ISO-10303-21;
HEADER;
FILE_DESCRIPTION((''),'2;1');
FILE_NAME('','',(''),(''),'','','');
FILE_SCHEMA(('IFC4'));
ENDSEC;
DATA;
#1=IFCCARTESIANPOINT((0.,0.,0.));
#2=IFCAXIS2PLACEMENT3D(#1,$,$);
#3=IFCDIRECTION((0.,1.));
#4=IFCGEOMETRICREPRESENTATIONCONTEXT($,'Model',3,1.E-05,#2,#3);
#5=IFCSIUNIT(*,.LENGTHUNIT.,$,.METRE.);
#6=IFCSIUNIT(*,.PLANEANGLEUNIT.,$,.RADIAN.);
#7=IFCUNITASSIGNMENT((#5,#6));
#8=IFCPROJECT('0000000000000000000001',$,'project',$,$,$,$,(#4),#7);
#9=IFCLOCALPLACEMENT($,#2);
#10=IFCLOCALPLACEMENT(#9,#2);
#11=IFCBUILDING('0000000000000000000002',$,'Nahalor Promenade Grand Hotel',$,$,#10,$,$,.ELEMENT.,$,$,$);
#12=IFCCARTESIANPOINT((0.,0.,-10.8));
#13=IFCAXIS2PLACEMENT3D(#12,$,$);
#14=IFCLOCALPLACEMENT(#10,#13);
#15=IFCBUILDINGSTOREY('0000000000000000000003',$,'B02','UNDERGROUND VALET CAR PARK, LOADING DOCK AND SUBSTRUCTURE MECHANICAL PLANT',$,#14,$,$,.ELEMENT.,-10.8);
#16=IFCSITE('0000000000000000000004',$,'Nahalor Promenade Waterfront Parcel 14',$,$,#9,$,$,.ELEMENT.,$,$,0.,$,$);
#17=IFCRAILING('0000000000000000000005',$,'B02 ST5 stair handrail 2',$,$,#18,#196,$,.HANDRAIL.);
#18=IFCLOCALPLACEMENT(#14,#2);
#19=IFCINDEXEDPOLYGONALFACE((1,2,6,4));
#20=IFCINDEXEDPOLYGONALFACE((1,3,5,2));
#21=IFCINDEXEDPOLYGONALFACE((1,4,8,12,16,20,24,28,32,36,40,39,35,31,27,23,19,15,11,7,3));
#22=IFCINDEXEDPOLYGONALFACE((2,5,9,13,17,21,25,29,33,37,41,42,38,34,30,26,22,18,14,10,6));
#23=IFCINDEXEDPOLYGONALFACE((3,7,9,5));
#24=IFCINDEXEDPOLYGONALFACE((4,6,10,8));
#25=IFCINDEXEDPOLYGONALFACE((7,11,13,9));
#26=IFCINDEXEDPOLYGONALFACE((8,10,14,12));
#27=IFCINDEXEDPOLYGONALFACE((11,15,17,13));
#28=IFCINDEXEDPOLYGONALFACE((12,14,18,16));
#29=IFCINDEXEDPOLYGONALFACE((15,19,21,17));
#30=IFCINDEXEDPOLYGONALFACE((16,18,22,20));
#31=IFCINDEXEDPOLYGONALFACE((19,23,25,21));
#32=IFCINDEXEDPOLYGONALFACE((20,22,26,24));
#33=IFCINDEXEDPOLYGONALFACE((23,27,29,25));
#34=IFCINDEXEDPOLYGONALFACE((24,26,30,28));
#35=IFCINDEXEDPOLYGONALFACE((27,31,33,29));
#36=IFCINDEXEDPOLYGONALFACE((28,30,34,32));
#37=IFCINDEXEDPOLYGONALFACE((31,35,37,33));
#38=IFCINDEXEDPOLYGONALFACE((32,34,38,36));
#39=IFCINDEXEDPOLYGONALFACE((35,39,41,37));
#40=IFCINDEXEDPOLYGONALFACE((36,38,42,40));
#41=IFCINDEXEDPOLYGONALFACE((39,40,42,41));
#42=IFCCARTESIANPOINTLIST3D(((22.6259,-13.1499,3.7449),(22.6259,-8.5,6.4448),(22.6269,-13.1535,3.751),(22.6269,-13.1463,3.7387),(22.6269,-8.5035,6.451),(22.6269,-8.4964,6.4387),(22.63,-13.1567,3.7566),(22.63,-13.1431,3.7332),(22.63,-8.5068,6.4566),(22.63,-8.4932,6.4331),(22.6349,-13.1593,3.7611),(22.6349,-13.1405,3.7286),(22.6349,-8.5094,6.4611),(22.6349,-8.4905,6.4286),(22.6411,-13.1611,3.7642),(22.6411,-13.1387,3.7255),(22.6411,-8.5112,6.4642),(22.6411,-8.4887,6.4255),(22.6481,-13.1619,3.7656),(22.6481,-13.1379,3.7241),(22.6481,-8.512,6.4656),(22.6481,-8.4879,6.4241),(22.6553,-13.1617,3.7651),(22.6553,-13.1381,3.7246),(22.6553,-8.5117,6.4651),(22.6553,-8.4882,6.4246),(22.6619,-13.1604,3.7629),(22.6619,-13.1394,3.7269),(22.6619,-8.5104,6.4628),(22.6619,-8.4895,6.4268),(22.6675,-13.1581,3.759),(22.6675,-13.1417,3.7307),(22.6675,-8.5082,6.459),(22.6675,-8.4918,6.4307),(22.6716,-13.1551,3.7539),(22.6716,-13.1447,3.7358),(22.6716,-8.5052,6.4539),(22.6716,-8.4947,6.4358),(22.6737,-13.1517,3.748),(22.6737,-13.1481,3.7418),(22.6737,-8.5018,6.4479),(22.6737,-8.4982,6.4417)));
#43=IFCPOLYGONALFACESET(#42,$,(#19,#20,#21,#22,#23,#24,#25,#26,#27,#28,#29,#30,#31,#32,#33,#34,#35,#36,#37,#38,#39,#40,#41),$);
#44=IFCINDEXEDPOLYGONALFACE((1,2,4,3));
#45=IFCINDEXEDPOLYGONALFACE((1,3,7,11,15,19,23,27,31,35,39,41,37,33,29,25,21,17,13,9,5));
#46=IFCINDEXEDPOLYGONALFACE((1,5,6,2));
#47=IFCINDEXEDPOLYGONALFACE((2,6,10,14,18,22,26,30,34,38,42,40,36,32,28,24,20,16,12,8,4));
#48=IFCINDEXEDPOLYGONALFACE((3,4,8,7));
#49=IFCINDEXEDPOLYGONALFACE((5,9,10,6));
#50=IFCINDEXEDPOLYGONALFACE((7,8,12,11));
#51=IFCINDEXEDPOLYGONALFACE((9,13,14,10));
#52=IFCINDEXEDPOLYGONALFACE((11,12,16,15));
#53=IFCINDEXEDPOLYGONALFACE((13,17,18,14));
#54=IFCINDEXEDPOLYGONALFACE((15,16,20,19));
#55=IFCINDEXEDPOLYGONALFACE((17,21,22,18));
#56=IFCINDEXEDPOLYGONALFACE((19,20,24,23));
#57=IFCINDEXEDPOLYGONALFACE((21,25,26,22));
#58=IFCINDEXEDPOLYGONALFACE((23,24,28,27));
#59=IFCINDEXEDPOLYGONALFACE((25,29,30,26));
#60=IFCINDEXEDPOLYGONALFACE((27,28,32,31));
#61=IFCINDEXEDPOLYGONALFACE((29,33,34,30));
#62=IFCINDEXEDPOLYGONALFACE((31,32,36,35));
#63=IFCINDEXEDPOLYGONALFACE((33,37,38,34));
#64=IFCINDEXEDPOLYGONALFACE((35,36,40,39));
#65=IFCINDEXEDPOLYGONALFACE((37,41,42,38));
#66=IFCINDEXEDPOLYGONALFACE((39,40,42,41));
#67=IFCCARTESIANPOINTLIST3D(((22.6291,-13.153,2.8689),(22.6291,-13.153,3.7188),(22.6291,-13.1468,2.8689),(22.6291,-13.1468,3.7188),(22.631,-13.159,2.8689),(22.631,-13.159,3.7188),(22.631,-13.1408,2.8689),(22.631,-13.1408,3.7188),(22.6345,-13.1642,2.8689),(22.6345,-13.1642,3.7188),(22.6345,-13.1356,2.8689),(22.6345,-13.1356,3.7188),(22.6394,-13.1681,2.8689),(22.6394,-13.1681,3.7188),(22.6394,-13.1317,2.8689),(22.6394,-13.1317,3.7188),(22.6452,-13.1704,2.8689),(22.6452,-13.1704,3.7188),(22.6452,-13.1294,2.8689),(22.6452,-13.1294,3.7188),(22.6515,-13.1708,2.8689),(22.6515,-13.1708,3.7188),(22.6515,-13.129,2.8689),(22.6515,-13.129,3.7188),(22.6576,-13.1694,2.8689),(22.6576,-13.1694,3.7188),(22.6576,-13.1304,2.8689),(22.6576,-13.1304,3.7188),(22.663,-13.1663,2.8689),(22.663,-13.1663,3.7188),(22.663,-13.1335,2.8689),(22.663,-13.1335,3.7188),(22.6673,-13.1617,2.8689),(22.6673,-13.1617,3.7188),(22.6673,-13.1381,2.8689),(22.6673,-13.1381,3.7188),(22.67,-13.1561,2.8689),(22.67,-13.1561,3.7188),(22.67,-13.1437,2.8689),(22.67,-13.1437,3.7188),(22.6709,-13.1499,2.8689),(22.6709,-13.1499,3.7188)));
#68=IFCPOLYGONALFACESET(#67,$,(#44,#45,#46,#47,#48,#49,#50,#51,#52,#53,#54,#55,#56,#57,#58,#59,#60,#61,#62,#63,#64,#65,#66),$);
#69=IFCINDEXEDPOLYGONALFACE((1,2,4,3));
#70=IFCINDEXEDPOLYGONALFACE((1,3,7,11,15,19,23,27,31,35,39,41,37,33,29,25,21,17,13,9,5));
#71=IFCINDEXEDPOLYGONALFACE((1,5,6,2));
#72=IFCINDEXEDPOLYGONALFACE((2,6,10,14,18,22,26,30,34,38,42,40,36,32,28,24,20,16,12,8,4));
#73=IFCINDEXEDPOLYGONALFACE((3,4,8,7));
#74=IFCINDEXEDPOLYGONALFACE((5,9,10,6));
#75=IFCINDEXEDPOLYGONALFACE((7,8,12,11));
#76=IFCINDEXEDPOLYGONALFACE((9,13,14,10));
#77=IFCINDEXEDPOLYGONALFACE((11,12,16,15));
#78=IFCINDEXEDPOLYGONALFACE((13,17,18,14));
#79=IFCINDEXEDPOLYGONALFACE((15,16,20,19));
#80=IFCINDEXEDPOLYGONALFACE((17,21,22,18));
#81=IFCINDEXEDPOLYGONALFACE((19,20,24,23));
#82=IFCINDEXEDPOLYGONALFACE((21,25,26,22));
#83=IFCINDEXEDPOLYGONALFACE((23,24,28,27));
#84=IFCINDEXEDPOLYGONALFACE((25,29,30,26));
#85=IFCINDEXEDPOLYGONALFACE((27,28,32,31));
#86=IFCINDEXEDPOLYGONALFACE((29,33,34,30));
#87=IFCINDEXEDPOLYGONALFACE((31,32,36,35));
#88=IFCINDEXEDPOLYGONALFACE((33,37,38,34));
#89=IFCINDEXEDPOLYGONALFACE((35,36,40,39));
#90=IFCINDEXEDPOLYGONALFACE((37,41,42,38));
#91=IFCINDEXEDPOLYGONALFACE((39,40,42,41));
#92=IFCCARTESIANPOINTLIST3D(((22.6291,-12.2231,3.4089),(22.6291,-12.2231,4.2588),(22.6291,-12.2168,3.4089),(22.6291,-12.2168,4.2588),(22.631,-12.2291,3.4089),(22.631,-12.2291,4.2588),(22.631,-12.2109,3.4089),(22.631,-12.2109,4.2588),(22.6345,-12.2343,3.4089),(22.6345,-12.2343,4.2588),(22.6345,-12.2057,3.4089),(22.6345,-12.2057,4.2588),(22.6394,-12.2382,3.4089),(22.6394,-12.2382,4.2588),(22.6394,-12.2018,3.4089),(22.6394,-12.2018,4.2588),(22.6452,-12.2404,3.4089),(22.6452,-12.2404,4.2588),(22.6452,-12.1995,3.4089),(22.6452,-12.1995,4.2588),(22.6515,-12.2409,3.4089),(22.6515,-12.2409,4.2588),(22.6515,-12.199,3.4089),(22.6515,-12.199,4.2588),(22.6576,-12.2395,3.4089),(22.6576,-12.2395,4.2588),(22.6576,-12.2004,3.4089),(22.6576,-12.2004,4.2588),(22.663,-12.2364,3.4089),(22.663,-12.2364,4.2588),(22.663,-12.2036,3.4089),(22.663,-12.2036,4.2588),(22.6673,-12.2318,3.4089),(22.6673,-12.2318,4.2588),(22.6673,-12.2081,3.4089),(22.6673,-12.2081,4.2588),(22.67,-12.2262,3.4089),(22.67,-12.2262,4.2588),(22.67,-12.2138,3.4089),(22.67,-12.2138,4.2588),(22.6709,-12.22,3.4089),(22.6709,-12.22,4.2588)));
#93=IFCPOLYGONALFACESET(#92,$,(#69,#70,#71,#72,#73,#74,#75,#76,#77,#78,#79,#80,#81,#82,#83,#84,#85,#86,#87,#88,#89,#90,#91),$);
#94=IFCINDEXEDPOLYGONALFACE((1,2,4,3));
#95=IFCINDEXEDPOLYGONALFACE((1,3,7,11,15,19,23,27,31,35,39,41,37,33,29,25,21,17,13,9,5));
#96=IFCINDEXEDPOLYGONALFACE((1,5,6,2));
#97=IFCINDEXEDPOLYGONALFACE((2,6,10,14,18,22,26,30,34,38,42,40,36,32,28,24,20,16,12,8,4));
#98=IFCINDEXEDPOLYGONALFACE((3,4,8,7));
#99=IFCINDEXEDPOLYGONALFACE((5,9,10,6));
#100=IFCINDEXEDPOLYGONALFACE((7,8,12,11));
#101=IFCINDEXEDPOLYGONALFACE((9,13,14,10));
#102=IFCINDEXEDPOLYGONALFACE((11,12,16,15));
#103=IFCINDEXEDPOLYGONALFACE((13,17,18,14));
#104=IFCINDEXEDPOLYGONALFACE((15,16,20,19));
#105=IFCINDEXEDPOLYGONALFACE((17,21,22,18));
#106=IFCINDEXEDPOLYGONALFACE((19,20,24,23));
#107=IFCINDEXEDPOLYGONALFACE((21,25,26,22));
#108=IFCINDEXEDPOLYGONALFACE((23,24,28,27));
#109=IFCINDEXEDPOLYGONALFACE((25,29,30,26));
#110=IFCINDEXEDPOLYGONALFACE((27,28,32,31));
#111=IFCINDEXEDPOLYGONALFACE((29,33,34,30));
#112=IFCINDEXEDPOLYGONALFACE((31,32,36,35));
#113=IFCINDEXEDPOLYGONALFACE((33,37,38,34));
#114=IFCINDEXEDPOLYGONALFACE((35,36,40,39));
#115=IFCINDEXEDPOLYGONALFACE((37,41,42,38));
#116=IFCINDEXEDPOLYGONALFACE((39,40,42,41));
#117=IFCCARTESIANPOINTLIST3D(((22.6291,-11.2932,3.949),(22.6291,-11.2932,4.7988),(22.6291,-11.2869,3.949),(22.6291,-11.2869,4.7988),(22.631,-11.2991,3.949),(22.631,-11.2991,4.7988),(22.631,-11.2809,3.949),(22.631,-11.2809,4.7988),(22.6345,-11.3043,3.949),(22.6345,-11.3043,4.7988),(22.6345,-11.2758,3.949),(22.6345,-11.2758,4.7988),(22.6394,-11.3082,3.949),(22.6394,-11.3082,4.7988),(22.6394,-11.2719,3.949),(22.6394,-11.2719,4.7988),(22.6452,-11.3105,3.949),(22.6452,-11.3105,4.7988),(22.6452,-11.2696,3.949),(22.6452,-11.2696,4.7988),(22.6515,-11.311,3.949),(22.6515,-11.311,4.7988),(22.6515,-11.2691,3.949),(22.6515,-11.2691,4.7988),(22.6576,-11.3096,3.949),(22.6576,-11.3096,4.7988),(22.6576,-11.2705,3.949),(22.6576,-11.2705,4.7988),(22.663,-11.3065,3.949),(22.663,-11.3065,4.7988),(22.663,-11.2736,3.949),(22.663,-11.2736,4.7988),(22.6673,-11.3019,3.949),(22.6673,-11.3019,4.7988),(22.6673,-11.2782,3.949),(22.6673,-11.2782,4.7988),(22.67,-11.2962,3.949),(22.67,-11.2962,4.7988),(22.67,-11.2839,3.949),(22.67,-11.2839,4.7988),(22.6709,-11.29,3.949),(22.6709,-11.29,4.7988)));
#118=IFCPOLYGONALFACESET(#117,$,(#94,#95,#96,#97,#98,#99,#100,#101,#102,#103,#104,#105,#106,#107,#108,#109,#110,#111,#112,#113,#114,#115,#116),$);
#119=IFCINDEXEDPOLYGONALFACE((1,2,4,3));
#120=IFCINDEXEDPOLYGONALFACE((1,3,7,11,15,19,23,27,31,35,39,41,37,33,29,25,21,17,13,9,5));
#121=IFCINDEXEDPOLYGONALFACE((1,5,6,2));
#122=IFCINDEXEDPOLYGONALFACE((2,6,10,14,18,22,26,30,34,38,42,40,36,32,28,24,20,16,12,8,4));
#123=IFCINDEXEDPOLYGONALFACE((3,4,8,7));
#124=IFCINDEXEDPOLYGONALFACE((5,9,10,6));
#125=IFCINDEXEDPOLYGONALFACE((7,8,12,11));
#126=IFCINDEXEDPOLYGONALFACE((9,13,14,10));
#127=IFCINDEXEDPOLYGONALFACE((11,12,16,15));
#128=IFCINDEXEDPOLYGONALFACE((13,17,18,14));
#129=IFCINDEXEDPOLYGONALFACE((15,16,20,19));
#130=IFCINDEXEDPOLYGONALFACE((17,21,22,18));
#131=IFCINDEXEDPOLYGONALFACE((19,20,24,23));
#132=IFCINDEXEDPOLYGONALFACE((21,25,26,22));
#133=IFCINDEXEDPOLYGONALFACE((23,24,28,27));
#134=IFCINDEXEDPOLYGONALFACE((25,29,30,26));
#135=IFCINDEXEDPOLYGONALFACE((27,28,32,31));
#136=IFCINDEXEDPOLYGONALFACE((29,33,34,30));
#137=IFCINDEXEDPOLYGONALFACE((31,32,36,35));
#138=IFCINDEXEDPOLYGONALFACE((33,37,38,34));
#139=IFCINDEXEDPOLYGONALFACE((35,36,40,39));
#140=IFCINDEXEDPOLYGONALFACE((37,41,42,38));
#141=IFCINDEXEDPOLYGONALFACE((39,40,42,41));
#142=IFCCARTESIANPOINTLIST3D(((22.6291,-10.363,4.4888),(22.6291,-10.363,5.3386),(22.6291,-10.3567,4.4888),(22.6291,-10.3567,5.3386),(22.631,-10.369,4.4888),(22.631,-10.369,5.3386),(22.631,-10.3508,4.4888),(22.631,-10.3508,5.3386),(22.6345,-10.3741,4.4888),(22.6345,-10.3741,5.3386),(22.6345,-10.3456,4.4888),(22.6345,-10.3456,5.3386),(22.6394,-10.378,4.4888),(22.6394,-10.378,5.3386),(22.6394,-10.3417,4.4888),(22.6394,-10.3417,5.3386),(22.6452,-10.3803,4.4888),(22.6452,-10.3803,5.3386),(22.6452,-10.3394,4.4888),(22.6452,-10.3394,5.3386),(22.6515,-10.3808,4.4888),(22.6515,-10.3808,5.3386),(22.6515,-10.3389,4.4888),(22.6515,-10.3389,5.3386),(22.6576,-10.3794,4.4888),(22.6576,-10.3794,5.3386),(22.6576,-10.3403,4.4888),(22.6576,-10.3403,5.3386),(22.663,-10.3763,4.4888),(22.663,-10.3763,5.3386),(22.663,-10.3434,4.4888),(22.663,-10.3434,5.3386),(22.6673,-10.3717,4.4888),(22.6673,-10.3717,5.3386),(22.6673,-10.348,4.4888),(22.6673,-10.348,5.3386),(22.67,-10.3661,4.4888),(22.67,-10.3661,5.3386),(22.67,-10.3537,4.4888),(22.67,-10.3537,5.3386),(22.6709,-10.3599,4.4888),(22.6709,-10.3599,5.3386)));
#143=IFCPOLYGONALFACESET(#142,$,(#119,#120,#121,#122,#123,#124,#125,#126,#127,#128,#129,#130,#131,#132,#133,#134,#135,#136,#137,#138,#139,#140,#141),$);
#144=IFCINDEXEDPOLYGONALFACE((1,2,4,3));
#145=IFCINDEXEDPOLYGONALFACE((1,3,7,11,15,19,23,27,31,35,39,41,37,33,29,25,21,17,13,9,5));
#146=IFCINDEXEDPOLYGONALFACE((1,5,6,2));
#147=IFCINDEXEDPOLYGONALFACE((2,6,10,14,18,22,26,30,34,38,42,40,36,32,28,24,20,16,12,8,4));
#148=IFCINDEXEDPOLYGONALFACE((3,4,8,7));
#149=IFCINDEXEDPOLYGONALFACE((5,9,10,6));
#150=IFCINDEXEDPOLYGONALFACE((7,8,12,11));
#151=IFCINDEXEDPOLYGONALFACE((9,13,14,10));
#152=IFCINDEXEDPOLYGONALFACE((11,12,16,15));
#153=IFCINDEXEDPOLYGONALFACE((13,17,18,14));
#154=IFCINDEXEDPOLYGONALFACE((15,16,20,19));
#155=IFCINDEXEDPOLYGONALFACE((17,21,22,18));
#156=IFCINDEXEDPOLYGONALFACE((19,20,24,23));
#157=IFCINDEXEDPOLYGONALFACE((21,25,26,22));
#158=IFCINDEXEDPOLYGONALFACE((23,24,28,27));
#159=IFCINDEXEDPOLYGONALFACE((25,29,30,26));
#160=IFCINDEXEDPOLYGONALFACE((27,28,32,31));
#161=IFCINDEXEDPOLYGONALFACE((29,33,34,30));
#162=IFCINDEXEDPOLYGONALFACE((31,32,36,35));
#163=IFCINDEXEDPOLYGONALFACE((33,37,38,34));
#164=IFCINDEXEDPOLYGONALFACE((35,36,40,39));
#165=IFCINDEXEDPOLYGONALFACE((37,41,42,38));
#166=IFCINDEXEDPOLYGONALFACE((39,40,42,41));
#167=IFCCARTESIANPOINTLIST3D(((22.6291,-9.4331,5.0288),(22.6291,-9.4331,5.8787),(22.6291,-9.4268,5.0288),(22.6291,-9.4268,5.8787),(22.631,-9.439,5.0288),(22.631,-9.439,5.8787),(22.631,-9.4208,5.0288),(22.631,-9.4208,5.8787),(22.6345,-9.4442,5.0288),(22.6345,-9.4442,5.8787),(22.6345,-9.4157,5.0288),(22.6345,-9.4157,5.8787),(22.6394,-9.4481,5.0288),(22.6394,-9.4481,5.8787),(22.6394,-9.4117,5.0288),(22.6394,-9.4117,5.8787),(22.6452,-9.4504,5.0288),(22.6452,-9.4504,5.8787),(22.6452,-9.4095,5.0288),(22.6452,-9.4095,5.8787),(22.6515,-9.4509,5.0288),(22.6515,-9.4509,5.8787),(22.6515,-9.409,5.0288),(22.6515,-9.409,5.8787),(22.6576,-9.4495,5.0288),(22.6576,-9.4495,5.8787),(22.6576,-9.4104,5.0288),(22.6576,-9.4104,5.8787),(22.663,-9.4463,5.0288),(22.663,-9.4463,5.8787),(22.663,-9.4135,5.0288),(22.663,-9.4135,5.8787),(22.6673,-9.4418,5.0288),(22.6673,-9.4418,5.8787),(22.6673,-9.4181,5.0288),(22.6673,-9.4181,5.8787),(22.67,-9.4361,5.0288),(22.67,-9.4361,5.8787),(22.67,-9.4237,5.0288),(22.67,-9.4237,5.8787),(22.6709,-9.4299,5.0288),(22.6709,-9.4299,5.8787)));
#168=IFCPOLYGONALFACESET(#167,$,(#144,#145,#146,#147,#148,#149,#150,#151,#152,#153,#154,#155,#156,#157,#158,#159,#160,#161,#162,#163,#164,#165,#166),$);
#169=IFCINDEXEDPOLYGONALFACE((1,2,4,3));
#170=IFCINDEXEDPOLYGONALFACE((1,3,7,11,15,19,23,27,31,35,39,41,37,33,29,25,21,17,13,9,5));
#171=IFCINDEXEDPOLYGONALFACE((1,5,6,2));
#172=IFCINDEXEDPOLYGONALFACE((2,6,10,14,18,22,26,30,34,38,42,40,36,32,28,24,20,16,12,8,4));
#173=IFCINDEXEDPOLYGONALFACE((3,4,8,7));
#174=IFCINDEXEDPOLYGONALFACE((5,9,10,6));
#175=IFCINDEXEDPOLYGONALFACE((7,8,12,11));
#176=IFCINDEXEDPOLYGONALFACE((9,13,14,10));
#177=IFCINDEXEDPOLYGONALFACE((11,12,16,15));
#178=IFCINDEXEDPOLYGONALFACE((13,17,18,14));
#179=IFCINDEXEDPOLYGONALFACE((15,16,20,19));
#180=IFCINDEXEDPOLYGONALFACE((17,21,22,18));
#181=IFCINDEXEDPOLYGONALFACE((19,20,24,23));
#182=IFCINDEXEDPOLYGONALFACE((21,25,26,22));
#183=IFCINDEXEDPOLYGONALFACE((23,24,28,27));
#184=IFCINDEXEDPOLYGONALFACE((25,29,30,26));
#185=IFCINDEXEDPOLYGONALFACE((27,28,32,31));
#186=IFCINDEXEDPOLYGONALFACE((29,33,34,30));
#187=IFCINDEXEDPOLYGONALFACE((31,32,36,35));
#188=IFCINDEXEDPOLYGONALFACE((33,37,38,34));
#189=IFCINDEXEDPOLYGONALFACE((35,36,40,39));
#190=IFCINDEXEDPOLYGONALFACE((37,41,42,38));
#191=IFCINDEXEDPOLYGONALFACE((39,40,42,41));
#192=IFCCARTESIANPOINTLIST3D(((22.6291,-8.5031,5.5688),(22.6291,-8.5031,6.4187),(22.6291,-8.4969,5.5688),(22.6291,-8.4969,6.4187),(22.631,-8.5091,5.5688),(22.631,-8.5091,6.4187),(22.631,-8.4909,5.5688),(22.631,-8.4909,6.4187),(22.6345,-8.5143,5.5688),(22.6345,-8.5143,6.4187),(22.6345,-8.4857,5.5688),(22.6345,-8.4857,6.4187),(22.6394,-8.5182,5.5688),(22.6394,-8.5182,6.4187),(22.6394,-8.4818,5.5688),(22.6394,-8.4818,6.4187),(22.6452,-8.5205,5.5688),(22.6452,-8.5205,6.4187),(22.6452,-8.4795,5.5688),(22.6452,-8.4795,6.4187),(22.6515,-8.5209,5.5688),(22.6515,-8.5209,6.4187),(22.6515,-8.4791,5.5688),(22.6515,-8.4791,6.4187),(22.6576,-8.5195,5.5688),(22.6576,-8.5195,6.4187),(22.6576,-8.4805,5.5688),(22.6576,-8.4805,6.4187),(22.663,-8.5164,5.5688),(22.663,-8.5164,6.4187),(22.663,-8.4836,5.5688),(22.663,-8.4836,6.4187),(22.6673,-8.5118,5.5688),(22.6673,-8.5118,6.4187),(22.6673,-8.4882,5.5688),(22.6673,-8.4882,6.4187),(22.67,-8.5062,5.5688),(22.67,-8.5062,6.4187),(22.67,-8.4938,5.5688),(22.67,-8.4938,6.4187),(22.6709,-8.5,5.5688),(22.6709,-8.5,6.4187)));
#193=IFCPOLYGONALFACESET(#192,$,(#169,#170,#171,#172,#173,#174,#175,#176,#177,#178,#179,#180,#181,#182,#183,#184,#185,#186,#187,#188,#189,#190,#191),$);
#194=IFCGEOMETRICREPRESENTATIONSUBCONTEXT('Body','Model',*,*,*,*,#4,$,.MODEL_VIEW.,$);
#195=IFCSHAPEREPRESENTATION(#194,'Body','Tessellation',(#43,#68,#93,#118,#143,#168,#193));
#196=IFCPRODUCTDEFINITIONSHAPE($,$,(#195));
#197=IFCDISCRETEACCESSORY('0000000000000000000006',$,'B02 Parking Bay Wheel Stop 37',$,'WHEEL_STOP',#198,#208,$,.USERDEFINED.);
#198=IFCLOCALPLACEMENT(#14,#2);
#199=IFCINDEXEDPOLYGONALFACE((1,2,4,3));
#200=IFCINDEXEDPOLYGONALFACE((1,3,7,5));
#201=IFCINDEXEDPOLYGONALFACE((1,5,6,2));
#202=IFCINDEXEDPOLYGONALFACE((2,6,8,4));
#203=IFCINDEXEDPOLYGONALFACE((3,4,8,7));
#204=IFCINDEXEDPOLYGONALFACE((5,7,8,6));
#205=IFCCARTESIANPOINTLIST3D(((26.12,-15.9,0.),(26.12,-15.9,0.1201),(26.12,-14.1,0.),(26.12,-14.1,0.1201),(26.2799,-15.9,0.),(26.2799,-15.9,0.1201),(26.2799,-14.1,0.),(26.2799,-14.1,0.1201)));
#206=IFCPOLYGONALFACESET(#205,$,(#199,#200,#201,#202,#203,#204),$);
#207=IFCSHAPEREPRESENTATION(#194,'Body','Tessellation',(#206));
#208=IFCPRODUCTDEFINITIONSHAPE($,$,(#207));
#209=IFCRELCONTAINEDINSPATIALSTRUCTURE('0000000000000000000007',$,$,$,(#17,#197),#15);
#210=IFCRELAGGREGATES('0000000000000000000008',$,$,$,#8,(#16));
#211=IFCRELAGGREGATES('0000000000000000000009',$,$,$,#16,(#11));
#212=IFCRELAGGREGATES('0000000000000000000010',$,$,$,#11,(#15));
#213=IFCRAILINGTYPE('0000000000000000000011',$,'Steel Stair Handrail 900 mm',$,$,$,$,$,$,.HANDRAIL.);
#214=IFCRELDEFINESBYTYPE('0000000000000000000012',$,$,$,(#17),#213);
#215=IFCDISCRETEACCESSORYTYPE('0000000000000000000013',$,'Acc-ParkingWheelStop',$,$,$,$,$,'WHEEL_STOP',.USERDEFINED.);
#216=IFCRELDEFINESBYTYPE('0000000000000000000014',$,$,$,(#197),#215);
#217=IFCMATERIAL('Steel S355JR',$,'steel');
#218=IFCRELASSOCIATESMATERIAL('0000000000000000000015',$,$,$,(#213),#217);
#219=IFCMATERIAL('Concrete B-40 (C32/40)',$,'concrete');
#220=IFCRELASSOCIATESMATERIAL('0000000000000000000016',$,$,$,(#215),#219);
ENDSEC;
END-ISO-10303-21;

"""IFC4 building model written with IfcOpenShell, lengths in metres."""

from ifc_helpers import new_model, si_unit, direction, frame, origin, origin_2d, place, context, subcontext, project, spatial, rectangle, circle, extrude, source, transform, mapped, material, type_object, element, save


model = new_model("IFC4")

# Units and contexts
model_context = context("Model", 3, precision=1e-05, world=origin(), true_north=direction((0.0, 1.0)))
body_context = subcontext(model_context, "Body", "Model", "MODEL_VIEW")
ifc_project = project(units=[si_unit("LENGTHUNIT", "METRE"), si_unit("PLANEANGLEUNIT", "RADIAN")], contexts=[model_context])

# Site, building, storey
site_placement = place(None, origin())
site = spatial("IfcSite", under=ifc_project, at=site_placement, Name="Nahalor Promenade Waterfront Parcel 14", CompositionType="ELEMENT", RefElevation=0.0)
building_placement = place(site_placement, origin())
building = spatial("IfcBuilding", under=site, at=building_placement, Name="Nahalor Promenade Grand Hotel", CompositionType="ELEMENT")
storey_placement = place(building_placement, frame((0.0, 0.0, -10.8)))
storey = spatial("IfcBuildingStorey", under=building, at=storey_placement, Name="B02", Description="UNDERGROUND VALET CAR PARK, LOADING DOCK AND SUBSTRUCTURE MECHANICAL PLANT", CompositionType="ELEMENT", Elevation=-10.8)

# Shared definitions
ifc_material_1 = material(Name="Steel S355JR", Category="steel")

# Railing
railing_type_1 = type_object("IfcRailingType", Name="Steel Stair Handrail 900 mm", PredefinedType="HANDRAIL", material=ifc_material_1)
railing_1_placement = place(storey_placement, frame((22.6499, -13.1499, 2.8689)))
element("IfcRailing", 1, at=railing_1_placement, inside=storey, type_object=railing_type_1, Name="B02 ST5 stair handrail 2", PredefinedType="HANDRAIL", context=body_context, shape_type="SweptSolid", body=[
    extrude(circle(Radius=0.024, at=origin_2d()), frame((0.0, 0.0, 0.876), z_axis=(0.0, 0.864788, 0.502137), x_axis=(-1.0, 0.0, 0.0)), (0.0, 0.0, 1.0), 5.377),
    extrude(circle(Radius=0.021, at=origin_2d()), origin(), (0.0, 0.0, 1.0), 0.8499),
    extrude(circle(Radius=0.021, at=origin_2d()), frame((0.0, 0.9299, 0.54)), (0.0, 0.0, 1.0), 0.8499),
    extrude(circle(Radius=0.021, at=origin_2d()), frame((0.0, 1.8599, 1.0801)), (0.0, 0.0, 1.0), 0.8499),
    extrude(circle(Radius=0.021, at=origin_2d()), frame((0.0, 2.79, 1.6199)), (0.0, 0.0, 1.0), 0.8499),
    extrude(circle(Radius=0.021, at=origin_2d()), frame((0.0, 3.72, 2.1599)), (0.0, 0.0, 1.0), 0.8499),
    extrude(circle(Radius=0.021, at=origin_2d()), frame((0.0, 4.6499, 2.7)), (0.0, 0.0, 1.0), 0.8499),
])

# Discrete accessory
ifc_material_2 = material(Name="Concrete B-40 (C32/40)", Category="concrete")
discrete_accessory_type = type_object("IfcDiscreteAccessoryType", Name="Acc-ParkingWheelStop", ElementType="WHEEL_STOP", PredefinedType="USERDEFINED", material=ifc_material_2)
shared_shape_1 = source(origin(), body_context, "Body", "SweptSolid", [
    extrude(rectangle(XDim=1.8, YDim=0.1599, at=origin_2d()), origin(), (0.0, 0.0, 1.0), 0.1201),
])
for number, where, z_axis, x_axis, name in (
    (2, (26.2, -15.0, 0.0), (0.0, 0.0, 1.0), (0.0, 1.0, 0.0), "B02 Parking Bay Wheel Stop 37"),
):
    element("IfcDiscreteAccessory", number, at=place(storey_placement, frame(where, z_axis=z_axis, x_axis=x_axis)), inside=storey, type_object=discrete_accessory_type, Name=name, ObjectType="WHEEL_STOP", PredefinedType="USERDEFINED", context=body_context, shape_type="MappedRepresentation", body=[
        mapped(shared_shape_1, transform((0.0, 0.0, 0.0), scale=1.0)),
    ])

save(model, "model.ifc")
